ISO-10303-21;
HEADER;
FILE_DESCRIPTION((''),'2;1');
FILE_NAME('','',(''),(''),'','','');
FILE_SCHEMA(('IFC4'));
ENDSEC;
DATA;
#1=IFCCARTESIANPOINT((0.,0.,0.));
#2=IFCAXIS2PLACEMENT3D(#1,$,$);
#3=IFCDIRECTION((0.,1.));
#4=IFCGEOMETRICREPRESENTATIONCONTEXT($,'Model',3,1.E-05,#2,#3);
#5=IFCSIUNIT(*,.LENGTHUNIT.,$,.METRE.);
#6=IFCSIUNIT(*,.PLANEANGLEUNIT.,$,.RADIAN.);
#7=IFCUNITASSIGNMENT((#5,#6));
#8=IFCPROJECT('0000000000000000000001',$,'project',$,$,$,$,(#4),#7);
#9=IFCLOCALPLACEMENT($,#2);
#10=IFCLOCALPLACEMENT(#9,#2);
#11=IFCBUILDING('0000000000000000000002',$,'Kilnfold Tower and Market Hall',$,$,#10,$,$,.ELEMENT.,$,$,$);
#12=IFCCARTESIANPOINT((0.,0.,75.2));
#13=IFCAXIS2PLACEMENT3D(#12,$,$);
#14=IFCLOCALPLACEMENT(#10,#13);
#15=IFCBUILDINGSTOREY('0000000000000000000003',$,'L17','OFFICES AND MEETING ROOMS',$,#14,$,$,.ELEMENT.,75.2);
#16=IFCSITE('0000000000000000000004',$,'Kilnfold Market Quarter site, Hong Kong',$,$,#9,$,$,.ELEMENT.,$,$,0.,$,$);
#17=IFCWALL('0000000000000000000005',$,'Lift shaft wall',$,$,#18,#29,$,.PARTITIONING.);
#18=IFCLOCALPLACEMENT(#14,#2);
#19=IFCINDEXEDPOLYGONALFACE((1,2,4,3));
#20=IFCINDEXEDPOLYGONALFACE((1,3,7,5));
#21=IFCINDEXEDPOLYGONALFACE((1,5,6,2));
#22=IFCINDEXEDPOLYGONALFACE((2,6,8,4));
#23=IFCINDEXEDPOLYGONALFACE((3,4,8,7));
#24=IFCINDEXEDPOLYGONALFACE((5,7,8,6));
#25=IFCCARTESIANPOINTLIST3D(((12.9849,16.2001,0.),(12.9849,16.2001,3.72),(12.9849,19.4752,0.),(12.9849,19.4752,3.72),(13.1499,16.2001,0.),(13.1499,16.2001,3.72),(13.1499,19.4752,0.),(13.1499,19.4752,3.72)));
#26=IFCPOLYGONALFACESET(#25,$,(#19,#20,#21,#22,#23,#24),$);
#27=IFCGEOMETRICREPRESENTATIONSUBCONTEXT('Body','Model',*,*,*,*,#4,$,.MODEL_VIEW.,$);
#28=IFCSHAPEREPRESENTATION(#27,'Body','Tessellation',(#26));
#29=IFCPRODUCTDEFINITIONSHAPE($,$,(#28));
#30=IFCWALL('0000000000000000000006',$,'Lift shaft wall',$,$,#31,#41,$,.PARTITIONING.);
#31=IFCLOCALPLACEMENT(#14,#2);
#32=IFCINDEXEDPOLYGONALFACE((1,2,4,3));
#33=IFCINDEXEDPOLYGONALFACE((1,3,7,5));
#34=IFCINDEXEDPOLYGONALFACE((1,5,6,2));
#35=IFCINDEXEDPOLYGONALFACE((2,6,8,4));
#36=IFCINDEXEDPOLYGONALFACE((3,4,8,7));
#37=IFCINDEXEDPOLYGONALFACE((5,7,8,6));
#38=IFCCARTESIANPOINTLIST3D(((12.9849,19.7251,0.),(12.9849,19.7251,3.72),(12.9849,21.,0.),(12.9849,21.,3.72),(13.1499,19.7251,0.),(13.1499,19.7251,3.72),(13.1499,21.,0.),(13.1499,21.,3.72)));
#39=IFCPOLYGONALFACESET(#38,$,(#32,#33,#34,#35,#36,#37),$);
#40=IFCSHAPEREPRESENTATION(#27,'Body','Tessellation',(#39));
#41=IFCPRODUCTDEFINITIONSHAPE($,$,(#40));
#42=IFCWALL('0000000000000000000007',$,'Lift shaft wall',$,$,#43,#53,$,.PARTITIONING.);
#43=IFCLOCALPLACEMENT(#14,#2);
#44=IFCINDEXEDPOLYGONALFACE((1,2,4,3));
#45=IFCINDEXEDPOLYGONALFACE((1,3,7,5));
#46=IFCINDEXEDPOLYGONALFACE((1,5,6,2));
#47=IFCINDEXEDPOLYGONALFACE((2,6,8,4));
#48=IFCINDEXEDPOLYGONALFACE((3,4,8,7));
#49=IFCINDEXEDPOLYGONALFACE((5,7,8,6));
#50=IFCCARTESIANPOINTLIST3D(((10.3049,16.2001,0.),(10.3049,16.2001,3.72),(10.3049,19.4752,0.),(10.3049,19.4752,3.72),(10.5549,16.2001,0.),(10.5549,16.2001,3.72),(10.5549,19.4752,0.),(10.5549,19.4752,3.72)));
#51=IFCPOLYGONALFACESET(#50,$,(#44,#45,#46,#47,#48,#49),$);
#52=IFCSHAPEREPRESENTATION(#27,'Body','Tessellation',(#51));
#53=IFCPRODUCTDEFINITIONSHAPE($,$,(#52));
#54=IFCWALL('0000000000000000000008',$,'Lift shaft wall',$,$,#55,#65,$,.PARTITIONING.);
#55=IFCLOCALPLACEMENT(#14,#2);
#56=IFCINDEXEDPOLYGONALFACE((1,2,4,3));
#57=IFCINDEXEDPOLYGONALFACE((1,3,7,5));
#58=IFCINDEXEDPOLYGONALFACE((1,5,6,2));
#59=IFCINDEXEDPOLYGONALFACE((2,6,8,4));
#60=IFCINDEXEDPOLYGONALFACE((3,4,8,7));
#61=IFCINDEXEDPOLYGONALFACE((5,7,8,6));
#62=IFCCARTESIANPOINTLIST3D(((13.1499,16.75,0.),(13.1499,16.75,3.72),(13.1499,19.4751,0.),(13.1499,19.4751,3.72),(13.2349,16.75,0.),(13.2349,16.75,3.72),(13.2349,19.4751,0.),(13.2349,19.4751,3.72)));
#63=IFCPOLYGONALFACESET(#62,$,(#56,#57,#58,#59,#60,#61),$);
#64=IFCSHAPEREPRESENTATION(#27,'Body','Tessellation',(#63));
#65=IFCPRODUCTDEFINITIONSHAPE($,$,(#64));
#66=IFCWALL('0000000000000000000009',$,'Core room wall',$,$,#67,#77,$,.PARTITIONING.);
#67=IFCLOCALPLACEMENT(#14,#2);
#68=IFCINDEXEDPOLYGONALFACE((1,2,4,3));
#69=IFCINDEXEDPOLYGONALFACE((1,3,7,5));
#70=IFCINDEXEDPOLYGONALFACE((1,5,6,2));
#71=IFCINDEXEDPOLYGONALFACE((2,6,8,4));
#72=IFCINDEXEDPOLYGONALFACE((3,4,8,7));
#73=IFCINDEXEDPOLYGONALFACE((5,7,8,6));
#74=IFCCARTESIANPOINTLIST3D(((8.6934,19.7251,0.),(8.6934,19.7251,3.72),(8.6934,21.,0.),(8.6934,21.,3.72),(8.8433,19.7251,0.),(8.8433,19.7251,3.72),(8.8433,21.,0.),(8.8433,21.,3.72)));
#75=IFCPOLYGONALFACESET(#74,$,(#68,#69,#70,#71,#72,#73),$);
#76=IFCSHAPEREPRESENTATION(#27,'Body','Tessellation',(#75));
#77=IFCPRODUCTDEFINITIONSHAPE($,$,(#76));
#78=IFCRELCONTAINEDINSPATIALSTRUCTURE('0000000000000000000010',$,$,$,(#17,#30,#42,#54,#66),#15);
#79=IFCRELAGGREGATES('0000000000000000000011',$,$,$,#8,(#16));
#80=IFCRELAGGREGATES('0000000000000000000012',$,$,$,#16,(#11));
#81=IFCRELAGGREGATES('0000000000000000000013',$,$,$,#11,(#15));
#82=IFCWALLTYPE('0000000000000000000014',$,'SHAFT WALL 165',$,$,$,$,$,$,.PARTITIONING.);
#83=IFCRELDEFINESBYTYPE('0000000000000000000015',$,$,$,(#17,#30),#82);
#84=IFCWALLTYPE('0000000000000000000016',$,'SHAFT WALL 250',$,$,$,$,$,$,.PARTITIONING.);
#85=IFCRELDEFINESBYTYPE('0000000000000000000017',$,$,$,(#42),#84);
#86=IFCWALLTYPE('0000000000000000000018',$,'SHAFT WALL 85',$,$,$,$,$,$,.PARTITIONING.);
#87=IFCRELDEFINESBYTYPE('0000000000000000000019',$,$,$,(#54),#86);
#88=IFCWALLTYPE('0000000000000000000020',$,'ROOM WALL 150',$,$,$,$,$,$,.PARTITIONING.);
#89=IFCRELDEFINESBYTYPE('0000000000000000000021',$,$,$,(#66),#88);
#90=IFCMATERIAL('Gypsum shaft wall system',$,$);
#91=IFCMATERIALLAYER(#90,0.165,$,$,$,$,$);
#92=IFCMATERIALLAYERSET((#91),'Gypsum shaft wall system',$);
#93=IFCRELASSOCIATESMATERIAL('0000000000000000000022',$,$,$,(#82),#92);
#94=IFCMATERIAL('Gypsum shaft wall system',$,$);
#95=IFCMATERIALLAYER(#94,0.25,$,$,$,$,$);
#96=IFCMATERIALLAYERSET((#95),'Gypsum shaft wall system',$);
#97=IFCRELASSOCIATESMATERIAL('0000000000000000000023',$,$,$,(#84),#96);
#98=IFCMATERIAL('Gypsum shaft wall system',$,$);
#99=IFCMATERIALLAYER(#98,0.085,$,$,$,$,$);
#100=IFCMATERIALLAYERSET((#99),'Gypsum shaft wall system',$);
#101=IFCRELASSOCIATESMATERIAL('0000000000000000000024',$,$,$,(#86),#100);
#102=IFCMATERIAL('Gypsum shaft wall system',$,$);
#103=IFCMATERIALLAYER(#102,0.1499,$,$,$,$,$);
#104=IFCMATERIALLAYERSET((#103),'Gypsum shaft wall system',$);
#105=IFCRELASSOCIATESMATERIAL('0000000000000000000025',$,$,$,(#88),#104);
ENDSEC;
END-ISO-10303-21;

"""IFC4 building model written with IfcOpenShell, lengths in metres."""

from ifc_helpers import new_model, si_unit, direction, frame, frame_2d, origin, place, context, subcontext, project, spatial, rectangle, extrude, source, transform, mapped, material, layer, layer_set, type_object, element, save


model = new_model("IFC4")

# Units and contexts
model_context = context("Model", 3, precision=1e-05, world=origin(), true_north=direction((0.0, 1.0)))
body_context = subcontext(model_context, "Body", "Model", "MODEL_VIEW")
ifc_project = project(units=[si_unit("LENGTHUNIT", "METRE"), si_unit("PLANEANGLEUNIT", "RADIAN")], contexts=[model_context])

# Site, building, storey
site_placement = place(None, origin())
site = spatial("IfcSite", under=ifc_project, at=site_placement, Name="Kilnfold Market Quarter site, Hong Kong", CompositionType="ELEMENT", RefElevation=0.0)
building_placement = place(site_placement, origin())
building = spatial("IfcBuilding", under=site, at=building_placement, Name="Kilnfold Tower and Market Hall", CompositionType="ELEMENT")
storey_placement = place(building_placement, frame((0.0, 0.0, 75.2)))
storey = spatial("IfcBuildingStorey", under=building, at=storey_placement, Name="L17", Description="OFFICES AND MEETING ROOMS", CompositionType="ELEMENT", Elevation=75.2)

# Walls
ifc_material_1 = material(Name="Gypsum shaft wall system")
ifc_layer_1 = layer(ifc_material_1, 0.165)
ifc_layer_set_1 = layer_set([ifc_layer_1], Name="Gypsum shaft wall system")
wall_type_1 = type_object("IfcWallType", Name="SHAFT WALL 165", PredefinedType="PARTITIONING", material=ifc_layer_set_1)
shared_shape_1 = source(origin(), body_context, "Body", "SweptSolid", [
    extrude(rectangle(XDim=3.2751, YDim=0.165, at=frame_2d((1.6377, 0.0))), origin(), (0.0, 0.0, 1.0), 3.72),
])
wall_1_placement = place(storey_placement, frame((13.0674, 16.2, 0.0), z_axis=(0.0, 0.0, 1.0), x_axis=(0.0, 1.0, 0.0)))
element("IfcWall", 1, at=wall_1_placement, inside=storey, type_object=wall_type_1, Name="Lift shaft wall", PredefinedType="PARTITIONING", context=body_context, shape_type="MappedRepresentation", body=[
    mapped(shared_shape_1, transform((0.0, 0.0, 0.0))),
])
shared_shape_2 = source(origin(), body_context, "Body", "SweptSolid", [
    extrude(rectangle(XDim=1.2749, YDim=0.165, at=frame_2d((0.6375, 0.0))), origin(), (0.0, 0.0, 1.0), 3.72),
])
wall_2_placement = place(storey_placement, frame((13.0674, 19.7251, 0.0), z_axis=(0.0, 0.0, 1.0), x_axis=(0.0, 1.0, 0.0)))
element("IfcWall", 2, at=wall_2_placement, inside=storey, type_object=wall_type_1, Name="Lift shaft wall", PredefinedType="PARTITIONING", context=body_context, shape_type="MappedRepresentation", body=[
    mapped(shared_shape_2, transform((0.0, 0.0, 0.0))),
])
ifc_material_2 = material(Name="Gypsum shaft wall system")
ifc_layer_2 = layer(ifc_material_2, 0.25)
ifc_layer_set_2 = layer_set([ifc_layer_2], Name="Gypsum shaft wall system")
wall_type_2 = type_object("IfcWallType", Name="SHAFT WALL 250", PredefinedType="PARTITIONING", material=ifc_layer_set_2)
shared_shape_3 = source(origin(), body_context, "Body", "SweptSolid", [
    extrude(rectangle(XDim=3.2751, YDim=0.25, at=frame_2d((1.6377, 0.0))), origin(), (0.0, 0.0, 1.0), 3.72),
])
wall_3_placement = place(storey_placement, frame((10.4299, 16.2, 0.0), z_axis=(0.0, 0.0, 1.0), x_axis=(0.0, 1.0, 0.0)))
element("IfcWall", 3, at=wall_3_placement, inside=storey, type_object=wall_type_2, Name="Lift shaft wall", PredefinedType="PARTITIONING", context=body_context, shape_type="MappedRepresentation", body=[
    mapped(shared_shape_3, transform((0.0, 0.0, 0.0))),
])
ifc_material_3 = material(Name="Gypsum shaft wall system")
ifc_layer_3 = layer(ifc_material_3, 0.085)
ifc_layer_set_3 = layer_set([ifc_layer_3], Name="Gypsum shaft wall system")
wall_type_3 = type_object("IfcWallType", Name="SHAFT WALL 85", PredefinedType="PARTITIONING", material=ifc_layer_set_3)
shared_shape_4 = source(origin(), body_context, "Body", "SweptSolid", [
    extrude(rectangle(XDim=2.7251, YDim=0.085, at=frame_2d((1.3625, 0.0))), origin(), (0.0, 0.0, 1.0), 3.72),
])
wall_4_placement = place(storey_placement, frame((13.1924, 16.75, 0.0), z_axis=(0.0, 0.0, 1.0), x_axis=(0.0, 1.0, 0.0)))
element("IfcWall", 4, at=wall_4_placement, inside=storey, type_object=wall_type_3, Name="Lift shaft wall", PredefinedType="PARTITIONING", context=body_context, shape_type="MappedRepresentation", body=[
    mapped(shared_shape_4, transform((0.0, 0.0, 0.0))),
])
ifc_material_4 = material(Name="Gypsum shaft wall system")
ifc_layer_4 = layer(ifc_material_4, 0.1499)
ifc_layer_set_4 = layer_set([ifc_layer_4], Name="Gypsum shaft wall system")
wall_type_4 = type_object("IfcWallType", Name="ROOM WALL 150", PredefinedType="PARTITIONING", material=ifc_layer_set_4)
shared_shape_5 = source(origin(), body_context, "Body", "SweptSolid", [
    extrude(rectangle(XDim=1.2749, YDim=0.1499, at=frame_2d((0.6375, 0.0))), origin(), (0.0, 0.0, 1.0), 3.72),
])
wall_5_placement = place(storey_placement, frame((8.7683, 19.7251, 0.0), z_axis=(0.0, 0.0, 1.0), x_axis=(0.0, 1.0, 0.0)))
element("IfcWall", 5, at=wall_5_placement, inside=storey, type_object=wall_type_4, Name="Core room wall", PredefinedType="PARTITIONING", context=body_context, shape_type="MappedRepresentation", body=[
    mapped(shared_shape_5, transform((0.0, 0.0, 0.0))),
])

save(model, "model.ifc")
